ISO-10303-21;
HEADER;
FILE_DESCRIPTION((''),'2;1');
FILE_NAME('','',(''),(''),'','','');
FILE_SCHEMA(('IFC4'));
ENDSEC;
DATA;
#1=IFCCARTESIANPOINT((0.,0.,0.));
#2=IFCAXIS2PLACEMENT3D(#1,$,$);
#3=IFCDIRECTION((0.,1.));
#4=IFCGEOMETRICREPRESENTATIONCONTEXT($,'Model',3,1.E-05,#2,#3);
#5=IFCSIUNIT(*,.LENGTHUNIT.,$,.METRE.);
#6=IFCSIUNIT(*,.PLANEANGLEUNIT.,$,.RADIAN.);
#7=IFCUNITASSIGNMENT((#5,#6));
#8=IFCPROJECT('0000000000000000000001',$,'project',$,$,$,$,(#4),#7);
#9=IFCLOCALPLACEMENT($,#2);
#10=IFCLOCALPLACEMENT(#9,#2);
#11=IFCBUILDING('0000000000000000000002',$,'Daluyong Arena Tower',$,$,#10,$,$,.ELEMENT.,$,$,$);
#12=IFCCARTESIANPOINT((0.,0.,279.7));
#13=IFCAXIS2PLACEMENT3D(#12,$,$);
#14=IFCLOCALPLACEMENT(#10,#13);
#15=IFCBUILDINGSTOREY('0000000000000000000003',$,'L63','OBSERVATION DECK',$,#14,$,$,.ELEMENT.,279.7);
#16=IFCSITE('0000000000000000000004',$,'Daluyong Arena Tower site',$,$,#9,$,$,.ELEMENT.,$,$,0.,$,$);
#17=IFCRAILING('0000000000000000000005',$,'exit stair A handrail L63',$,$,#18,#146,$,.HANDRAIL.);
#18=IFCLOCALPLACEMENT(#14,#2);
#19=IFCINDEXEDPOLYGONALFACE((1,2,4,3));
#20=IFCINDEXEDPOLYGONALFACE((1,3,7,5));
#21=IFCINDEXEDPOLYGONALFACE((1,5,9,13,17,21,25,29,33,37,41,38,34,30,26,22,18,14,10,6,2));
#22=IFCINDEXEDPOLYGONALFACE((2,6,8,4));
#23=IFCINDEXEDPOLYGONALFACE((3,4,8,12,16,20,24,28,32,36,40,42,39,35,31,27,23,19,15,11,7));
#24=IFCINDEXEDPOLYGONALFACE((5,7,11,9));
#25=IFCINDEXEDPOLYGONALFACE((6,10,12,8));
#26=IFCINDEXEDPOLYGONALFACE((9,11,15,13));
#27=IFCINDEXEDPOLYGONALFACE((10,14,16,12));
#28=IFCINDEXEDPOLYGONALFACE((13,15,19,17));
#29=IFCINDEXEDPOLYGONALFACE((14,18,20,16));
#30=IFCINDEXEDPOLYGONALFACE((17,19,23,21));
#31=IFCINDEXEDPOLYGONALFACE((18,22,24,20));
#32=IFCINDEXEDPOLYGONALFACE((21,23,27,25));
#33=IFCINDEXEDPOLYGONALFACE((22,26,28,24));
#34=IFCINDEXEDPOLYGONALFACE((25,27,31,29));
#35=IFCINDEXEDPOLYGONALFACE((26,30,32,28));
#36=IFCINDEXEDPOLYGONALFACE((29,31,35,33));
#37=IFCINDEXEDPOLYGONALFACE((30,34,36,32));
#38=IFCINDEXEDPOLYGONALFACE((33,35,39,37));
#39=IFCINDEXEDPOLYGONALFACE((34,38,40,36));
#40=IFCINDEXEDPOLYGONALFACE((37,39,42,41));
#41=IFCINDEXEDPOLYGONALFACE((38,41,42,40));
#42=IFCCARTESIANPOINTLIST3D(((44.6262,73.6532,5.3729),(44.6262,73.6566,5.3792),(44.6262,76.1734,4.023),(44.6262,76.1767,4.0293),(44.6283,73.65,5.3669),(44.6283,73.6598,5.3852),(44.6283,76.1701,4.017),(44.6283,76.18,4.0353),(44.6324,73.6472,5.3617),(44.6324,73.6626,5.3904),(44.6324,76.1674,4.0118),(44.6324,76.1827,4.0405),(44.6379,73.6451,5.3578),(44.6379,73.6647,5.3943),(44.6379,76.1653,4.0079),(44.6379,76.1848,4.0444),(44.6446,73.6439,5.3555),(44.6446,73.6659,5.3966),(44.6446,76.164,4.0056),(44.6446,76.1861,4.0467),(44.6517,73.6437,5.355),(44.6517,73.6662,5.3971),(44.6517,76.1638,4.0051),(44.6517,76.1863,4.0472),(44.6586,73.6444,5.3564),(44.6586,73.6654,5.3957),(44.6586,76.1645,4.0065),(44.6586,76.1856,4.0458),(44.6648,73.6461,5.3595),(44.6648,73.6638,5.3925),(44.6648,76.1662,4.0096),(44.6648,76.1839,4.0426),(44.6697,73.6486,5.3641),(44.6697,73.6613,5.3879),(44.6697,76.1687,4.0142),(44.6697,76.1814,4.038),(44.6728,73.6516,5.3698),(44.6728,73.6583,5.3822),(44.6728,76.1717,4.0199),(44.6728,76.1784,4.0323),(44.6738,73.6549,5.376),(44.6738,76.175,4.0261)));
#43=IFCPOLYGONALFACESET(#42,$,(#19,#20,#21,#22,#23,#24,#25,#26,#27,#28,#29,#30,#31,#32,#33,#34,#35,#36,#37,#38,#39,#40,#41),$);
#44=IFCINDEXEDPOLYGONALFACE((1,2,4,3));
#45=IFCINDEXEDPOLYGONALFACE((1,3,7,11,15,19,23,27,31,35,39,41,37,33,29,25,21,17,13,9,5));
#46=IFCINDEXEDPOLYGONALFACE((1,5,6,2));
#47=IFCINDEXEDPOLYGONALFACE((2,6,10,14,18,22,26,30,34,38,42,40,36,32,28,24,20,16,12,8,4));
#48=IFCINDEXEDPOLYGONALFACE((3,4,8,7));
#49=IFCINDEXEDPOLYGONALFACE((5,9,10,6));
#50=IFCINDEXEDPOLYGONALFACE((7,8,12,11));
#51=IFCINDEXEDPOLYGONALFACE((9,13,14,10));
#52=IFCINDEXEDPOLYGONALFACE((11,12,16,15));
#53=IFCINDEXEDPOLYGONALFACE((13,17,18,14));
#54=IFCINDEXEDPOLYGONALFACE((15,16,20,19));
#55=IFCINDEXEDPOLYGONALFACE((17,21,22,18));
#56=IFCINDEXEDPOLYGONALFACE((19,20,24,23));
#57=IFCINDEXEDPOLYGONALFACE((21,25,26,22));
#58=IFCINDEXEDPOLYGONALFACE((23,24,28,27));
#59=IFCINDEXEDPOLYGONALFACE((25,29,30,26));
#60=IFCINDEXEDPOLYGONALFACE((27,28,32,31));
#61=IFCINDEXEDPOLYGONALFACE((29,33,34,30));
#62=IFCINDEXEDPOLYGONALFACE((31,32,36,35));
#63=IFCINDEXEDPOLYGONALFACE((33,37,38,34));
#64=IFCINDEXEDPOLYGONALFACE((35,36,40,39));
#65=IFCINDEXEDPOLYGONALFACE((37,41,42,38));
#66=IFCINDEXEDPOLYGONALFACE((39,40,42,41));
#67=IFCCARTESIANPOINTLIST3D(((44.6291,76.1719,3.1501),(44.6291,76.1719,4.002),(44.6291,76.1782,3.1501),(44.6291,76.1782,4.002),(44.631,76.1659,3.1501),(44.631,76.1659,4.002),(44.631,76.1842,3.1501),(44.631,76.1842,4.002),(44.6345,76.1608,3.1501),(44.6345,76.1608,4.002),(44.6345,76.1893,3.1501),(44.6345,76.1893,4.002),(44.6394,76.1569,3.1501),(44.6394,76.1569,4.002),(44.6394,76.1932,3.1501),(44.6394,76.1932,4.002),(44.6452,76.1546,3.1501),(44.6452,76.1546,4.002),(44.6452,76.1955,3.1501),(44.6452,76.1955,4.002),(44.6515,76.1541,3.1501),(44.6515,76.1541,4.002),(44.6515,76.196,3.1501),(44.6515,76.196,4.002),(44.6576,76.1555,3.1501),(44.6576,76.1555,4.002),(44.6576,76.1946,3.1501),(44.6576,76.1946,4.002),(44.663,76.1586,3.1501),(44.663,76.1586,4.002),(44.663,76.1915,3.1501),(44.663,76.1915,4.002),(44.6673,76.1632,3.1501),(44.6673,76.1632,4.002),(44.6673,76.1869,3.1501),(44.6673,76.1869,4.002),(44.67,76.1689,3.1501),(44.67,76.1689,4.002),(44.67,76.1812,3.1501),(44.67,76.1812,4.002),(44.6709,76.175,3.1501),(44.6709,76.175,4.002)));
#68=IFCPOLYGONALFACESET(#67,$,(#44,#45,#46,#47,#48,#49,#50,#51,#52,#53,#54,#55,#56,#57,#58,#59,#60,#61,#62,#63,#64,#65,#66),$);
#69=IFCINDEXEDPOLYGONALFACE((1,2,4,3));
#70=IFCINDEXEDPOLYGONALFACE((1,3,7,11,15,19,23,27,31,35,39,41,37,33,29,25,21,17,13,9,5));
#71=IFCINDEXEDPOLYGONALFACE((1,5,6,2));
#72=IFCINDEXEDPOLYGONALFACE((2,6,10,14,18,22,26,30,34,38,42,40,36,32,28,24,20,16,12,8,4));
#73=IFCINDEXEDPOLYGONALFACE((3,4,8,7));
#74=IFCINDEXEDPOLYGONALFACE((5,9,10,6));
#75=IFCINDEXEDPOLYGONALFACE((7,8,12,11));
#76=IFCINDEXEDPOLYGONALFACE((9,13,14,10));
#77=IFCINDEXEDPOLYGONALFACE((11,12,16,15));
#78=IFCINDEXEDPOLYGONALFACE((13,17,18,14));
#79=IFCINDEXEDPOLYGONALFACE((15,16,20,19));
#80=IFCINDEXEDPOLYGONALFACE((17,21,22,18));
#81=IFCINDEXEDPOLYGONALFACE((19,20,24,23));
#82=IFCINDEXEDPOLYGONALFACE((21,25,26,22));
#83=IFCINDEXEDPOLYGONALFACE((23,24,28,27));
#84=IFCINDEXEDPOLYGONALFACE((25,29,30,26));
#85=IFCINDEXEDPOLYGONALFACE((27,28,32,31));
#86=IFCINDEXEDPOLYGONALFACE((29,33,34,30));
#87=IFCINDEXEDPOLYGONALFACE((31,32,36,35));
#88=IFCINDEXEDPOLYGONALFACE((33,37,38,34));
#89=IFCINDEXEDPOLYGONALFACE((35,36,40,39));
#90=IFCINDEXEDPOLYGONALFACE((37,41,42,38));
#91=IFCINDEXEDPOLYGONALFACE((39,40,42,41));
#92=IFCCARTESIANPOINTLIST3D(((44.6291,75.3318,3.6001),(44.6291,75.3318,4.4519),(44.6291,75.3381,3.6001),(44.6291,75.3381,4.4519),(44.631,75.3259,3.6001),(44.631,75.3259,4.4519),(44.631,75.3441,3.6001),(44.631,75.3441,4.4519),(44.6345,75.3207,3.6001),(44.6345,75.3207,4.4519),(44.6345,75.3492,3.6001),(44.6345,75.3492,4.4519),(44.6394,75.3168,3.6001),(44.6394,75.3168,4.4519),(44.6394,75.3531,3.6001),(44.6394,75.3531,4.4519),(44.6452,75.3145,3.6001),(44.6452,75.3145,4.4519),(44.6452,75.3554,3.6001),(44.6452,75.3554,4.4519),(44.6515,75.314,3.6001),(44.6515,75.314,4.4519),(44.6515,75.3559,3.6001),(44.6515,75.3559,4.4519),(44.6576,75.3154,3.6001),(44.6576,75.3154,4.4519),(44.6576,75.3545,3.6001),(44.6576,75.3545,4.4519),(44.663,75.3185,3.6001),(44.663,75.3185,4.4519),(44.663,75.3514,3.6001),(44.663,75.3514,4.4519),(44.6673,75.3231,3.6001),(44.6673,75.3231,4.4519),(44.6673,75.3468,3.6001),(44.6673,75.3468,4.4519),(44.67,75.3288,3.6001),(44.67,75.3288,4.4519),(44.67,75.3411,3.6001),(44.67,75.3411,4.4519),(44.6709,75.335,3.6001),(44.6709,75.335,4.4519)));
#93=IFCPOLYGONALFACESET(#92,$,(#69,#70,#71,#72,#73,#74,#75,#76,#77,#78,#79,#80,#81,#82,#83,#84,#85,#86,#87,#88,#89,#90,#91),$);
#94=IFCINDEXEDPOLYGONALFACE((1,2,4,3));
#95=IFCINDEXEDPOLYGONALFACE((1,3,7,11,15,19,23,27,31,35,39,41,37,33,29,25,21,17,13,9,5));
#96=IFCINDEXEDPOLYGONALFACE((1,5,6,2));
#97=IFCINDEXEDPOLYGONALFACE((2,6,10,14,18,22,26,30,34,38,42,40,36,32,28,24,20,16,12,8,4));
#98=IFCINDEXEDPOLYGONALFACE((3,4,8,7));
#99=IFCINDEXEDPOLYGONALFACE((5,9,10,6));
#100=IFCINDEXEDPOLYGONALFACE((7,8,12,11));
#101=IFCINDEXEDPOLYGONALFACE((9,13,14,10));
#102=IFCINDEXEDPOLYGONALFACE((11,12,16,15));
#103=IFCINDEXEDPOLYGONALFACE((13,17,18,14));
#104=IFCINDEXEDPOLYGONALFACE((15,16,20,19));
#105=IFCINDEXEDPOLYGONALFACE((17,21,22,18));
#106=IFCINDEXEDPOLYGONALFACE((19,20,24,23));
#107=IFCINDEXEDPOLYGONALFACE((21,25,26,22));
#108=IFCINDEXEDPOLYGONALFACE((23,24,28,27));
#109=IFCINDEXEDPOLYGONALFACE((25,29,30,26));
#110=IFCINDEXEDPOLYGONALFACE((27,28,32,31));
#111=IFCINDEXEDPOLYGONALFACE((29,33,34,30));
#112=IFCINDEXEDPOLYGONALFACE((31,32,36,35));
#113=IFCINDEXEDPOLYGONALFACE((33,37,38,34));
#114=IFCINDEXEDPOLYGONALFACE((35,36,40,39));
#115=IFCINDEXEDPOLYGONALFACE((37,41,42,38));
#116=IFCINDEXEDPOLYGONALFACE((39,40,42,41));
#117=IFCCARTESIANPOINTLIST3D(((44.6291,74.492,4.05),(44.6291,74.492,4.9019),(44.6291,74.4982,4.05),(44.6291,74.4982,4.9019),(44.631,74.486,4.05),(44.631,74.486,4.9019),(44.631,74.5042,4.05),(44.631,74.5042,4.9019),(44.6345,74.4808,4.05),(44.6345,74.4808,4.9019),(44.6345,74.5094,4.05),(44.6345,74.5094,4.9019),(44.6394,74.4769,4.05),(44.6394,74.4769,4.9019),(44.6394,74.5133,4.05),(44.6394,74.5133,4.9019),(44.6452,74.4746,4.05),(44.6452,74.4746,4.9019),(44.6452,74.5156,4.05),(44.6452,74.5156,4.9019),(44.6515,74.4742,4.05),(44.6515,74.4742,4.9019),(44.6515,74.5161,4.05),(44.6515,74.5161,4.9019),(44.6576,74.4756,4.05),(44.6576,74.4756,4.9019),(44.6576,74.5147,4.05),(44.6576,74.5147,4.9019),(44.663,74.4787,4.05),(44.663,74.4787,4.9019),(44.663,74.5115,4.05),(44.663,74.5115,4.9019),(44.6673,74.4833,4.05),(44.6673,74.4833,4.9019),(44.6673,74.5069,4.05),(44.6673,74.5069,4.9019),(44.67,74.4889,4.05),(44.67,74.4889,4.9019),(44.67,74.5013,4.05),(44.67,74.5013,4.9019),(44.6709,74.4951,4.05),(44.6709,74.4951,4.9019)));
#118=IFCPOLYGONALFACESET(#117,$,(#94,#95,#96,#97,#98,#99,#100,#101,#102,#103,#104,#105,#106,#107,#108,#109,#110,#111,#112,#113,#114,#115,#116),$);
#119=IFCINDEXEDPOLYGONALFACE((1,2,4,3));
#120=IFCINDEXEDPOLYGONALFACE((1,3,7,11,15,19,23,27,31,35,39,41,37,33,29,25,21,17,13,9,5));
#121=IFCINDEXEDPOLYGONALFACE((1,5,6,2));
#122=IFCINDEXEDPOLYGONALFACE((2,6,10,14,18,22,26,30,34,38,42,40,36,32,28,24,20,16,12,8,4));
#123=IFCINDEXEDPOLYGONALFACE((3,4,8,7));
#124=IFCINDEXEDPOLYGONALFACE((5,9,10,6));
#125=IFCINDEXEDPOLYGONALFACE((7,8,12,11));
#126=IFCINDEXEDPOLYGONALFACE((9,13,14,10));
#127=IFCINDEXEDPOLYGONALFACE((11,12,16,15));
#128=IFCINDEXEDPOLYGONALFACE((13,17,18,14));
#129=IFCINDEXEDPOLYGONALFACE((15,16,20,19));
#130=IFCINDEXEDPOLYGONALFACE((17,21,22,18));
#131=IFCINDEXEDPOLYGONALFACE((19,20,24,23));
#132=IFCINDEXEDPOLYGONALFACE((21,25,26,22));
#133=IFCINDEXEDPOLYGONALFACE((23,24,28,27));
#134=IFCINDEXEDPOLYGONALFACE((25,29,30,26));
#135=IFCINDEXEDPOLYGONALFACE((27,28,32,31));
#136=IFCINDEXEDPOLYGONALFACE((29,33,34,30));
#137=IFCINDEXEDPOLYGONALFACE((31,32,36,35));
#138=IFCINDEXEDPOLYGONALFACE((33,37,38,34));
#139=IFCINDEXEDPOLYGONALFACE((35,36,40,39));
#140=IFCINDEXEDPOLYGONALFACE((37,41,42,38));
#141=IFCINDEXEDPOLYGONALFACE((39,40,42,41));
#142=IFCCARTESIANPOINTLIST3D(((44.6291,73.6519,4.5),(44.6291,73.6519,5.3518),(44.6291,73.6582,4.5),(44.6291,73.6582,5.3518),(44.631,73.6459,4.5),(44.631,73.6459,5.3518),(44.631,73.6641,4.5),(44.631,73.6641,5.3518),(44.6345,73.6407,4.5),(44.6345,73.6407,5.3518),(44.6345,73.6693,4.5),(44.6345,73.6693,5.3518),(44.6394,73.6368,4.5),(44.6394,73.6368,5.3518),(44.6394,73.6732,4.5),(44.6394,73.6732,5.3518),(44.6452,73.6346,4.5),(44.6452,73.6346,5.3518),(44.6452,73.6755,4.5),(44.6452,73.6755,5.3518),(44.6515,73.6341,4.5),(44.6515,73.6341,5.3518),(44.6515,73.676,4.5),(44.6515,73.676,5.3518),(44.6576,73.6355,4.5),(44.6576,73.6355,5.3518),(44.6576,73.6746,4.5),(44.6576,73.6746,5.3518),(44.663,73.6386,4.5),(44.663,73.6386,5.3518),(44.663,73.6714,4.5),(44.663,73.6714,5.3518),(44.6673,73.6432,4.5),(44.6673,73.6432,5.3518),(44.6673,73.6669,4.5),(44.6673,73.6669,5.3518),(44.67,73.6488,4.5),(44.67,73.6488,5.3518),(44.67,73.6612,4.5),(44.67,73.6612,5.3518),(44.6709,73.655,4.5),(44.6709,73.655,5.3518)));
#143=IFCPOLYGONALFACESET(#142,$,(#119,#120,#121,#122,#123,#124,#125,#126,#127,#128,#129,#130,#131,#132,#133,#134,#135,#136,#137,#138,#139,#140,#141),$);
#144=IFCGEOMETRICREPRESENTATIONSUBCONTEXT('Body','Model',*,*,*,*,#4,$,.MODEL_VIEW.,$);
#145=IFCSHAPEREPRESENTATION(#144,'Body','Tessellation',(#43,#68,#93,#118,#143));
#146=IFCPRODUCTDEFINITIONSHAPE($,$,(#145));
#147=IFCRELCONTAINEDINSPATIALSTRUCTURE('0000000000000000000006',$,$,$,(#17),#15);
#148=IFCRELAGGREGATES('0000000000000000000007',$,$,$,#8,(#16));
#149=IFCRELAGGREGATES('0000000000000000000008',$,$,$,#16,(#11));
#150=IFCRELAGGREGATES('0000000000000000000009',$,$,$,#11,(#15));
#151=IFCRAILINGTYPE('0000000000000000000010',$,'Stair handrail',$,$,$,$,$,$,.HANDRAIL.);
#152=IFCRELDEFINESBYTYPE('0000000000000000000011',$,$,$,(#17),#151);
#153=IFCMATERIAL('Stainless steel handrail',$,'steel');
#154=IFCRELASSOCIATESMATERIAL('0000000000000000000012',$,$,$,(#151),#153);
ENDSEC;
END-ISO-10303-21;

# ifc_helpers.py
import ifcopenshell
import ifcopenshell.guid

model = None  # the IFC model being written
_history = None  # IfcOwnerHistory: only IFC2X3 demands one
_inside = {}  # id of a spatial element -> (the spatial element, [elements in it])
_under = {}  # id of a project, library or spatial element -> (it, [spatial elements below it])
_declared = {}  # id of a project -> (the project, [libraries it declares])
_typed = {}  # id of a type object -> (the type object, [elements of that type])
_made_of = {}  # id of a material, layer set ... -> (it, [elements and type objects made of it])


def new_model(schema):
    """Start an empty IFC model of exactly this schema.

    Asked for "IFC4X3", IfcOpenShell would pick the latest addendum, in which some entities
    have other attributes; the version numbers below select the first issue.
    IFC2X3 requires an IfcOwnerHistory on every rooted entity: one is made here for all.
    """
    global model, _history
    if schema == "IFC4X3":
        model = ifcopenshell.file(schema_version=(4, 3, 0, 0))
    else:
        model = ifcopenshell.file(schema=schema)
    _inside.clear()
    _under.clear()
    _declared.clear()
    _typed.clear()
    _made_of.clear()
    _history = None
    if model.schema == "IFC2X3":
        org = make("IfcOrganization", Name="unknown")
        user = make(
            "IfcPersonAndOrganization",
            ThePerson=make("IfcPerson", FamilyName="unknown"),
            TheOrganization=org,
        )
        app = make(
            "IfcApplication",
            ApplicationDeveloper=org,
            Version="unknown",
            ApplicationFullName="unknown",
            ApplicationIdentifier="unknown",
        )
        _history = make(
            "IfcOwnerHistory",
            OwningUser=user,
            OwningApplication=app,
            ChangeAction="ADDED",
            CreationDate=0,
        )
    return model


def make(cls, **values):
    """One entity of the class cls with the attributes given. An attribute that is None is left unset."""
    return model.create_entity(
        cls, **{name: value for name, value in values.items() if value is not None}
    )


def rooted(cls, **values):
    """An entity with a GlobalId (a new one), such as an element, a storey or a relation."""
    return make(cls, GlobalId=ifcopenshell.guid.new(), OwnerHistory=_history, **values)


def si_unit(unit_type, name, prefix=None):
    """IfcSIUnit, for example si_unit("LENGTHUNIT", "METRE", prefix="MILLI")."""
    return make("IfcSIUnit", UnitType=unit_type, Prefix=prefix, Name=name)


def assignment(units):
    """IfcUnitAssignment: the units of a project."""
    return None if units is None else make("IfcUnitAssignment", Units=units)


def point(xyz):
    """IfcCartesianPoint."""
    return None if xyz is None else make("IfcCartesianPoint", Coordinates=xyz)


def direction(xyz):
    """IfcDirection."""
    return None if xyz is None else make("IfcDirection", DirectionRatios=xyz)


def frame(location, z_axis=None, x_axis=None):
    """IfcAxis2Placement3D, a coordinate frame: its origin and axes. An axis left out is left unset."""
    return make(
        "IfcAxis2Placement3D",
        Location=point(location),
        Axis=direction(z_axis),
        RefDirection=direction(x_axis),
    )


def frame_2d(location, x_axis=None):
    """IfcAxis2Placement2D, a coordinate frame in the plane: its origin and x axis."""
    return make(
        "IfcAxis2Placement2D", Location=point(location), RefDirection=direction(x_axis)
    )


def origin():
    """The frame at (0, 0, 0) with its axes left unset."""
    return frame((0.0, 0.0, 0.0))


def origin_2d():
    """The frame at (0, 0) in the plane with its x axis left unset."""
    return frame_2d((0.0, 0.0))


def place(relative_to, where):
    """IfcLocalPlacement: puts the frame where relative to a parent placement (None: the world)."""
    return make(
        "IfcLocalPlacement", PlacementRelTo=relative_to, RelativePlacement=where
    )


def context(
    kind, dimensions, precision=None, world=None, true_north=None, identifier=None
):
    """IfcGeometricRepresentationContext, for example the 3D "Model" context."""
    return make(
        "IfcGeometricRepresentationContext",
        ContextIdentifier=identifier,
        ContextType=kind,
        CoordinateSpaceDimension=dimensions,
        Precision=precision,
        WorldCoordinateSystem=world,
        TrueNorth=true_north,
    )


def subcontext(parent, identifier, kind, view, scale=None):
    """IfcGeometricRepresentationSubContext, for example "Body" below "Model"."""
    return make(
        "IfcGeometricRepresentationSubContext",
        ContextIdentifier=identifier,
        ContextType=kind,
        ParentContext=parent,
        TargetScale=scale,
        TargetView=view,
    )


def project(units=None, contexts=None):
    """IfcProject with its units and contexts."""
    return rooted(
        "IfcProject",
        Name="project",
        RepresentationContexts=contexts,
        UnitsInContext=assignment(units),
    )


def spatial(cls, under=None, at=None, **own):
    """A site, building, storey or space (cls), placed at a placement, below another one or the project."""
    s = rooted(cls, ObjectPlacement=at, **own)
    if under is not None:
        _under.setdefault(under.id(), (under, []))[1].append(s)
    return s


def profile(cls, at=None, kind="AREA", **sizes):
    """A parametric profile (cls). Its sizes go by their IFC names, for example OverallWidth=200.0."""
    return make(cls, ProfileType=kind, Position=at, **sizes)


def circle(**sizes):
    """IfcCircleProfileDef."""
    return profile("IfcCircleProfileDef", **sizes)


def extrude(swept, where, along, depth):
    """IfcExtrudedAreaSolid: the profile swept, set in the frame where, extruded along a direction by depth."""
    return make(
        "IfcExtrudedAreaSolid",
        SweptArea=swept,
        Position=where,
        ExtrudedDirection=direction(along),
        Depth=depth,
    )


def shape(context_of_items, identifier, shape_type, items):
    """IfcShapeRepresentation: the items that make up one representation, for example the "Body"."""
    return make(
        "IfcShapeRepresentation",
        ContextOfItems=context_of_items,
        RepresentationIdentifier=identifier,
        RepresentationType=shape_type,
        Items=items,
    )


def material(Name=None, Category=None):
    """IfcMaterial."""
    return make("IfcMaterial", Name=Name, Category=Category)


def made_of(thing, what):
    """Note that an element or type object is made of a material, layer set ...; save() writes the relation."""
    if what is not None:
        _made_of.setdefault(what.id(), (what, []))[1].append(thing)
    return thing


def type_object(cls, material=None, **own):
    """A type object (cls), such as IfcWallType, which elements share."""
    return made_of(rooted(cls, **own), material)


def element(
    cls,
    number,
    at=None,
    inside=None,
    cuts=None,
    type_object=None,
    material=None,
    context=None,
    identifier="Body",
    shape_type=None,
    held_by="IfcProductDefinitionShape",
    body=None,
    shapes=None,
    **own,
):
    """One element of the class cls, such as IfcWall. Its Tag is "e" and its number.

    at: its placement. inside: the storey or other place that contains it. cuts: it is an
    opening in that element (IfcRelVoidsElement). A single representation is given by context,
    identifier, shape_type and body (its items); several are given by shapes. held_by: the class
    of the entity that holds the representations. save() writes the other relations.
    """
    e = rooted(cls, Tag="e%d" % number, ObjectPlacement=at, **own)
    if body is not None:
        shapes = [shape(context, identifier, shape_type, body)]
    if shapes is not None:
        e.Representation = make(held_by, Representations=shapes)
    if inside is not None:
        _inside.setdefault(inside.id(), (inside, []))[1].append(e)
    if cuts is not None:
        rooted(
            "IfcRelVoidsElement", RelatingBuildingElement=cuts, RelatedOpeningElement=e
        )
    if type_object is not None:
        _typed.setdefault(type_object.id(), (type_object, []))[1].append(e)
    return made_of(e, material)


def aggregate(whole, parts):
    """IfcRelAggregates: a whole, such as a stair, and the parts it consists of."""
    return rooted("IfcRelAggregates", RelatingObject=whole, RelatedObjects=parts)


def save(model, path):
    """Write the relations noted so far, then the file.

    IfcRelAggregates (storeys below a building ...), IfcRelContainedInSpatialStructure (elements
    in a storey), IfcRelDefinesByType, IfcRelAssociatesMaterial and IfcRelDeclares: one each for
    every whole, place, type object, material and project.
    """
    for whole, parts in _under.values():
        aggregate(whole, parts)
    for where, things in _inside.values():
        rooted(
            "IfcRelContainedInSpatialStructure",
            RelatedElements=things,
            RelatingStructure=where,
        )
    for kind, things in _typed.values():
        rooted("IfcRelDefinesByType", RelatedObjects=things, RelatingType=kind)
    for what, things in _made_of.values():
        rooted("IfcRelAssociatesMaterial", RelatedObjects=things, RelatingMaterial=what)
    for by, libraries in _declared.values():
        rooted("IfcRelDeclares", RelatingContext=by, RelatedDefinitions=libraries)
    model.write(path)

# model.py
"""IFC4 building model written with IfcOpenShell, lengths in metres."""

from ifc_helpers import new_model, si_unit, direction, frame, origin, origin_2d, place, context, subcontext, project, spatial, circle, extrude, material, type_object, element, save


model = new_model("IFC4")

# Units and contexts
model_context = context("Model", 3, precision=1e-05, world=origin(), true_north=direction((0.0, 1.0)))
body_context = subcontext(model_context, "Body", "Model", "MODEL_VIEW")
ifc_project = project(units=[si_unit("LENGTHUNIT", "METRE"), si_unit("PLANEANGLEUNIT", "RADIAN")], contexts=[model_context])

# Site, building, storey
site_placement = place(None, origin())
site = spatial("IfcSite", under=ifc_project, at=site_placement, Name="Daluyong Arena Tower site", CompositionType="ELEMENT", RefElevation=0.0)
building_placement = place(site_placement, origin())
building = spatial("IfcBuilding", under=site, at=building_placement, Name="Daluyong Arena Tower", CompositionType="ELEMENT")
storey_placement = place(building_placement, frame((0.0, 0.0, 279.7)))
storey = spatial("IfcBuildingStorey", under=building, at=storey_placement, Name="L63", Description="OBSERVATION DECK", CompositionType="ELEMENT", Elevation=279.7)

# Railing
ifc_material_1 = material(Name="Stainless steel handrail", Category="steel")
railing_type_1 = type_object("IfcRailingType", Name="Stair handrail", PredefinedType="HANDRAIL", material=ifc_material_1)
for number, where, name in (
    (1, (44.6499, 76.175, 3.1501), "exit stair A handrail L63"),
):
    element("IfcRailing", number, at=place(storey_placement, frame(where)), inside=storey, type_object=railing_type_1, Name=name, PredefinedType="HANDRAIL", context=body_context, shape_type="SweptSolid", body=[
        extrude(circle(Radius=0.0239, at=origin_2d()), frame((0.0, 0.0, 0.876), z_axis=(0.0, -0.881503, 0.472179), x_axis=(1.0, 0.0, 0.0)), (0.0, 0.0, 1.0), 2.8589),
        extrude(circle(Radius=0.021, at=origin_2d()), origin(), (0.0, 0.0, 1.0), 0.8518),
        extrude(circle(Radius=0.021, at=origin_2d()), frame((0.0, -0.8401, 0.45)), (0.0, 0.0, 1.0), 0.8518),
        extrude(circle(Radius=0.021, at=origin_2d()), frame((0.0, -1.6799, 0.8999)), (0.0, 0.0, 1.0), 0.8518),
        extrude(circle(Radius=0.021, at=origin_2d()), frame((0.0, -2.52, 1.3499)), (0.0, 0.0, 1.0), 0.8518),
    ])

save(model, "model.ifc")
